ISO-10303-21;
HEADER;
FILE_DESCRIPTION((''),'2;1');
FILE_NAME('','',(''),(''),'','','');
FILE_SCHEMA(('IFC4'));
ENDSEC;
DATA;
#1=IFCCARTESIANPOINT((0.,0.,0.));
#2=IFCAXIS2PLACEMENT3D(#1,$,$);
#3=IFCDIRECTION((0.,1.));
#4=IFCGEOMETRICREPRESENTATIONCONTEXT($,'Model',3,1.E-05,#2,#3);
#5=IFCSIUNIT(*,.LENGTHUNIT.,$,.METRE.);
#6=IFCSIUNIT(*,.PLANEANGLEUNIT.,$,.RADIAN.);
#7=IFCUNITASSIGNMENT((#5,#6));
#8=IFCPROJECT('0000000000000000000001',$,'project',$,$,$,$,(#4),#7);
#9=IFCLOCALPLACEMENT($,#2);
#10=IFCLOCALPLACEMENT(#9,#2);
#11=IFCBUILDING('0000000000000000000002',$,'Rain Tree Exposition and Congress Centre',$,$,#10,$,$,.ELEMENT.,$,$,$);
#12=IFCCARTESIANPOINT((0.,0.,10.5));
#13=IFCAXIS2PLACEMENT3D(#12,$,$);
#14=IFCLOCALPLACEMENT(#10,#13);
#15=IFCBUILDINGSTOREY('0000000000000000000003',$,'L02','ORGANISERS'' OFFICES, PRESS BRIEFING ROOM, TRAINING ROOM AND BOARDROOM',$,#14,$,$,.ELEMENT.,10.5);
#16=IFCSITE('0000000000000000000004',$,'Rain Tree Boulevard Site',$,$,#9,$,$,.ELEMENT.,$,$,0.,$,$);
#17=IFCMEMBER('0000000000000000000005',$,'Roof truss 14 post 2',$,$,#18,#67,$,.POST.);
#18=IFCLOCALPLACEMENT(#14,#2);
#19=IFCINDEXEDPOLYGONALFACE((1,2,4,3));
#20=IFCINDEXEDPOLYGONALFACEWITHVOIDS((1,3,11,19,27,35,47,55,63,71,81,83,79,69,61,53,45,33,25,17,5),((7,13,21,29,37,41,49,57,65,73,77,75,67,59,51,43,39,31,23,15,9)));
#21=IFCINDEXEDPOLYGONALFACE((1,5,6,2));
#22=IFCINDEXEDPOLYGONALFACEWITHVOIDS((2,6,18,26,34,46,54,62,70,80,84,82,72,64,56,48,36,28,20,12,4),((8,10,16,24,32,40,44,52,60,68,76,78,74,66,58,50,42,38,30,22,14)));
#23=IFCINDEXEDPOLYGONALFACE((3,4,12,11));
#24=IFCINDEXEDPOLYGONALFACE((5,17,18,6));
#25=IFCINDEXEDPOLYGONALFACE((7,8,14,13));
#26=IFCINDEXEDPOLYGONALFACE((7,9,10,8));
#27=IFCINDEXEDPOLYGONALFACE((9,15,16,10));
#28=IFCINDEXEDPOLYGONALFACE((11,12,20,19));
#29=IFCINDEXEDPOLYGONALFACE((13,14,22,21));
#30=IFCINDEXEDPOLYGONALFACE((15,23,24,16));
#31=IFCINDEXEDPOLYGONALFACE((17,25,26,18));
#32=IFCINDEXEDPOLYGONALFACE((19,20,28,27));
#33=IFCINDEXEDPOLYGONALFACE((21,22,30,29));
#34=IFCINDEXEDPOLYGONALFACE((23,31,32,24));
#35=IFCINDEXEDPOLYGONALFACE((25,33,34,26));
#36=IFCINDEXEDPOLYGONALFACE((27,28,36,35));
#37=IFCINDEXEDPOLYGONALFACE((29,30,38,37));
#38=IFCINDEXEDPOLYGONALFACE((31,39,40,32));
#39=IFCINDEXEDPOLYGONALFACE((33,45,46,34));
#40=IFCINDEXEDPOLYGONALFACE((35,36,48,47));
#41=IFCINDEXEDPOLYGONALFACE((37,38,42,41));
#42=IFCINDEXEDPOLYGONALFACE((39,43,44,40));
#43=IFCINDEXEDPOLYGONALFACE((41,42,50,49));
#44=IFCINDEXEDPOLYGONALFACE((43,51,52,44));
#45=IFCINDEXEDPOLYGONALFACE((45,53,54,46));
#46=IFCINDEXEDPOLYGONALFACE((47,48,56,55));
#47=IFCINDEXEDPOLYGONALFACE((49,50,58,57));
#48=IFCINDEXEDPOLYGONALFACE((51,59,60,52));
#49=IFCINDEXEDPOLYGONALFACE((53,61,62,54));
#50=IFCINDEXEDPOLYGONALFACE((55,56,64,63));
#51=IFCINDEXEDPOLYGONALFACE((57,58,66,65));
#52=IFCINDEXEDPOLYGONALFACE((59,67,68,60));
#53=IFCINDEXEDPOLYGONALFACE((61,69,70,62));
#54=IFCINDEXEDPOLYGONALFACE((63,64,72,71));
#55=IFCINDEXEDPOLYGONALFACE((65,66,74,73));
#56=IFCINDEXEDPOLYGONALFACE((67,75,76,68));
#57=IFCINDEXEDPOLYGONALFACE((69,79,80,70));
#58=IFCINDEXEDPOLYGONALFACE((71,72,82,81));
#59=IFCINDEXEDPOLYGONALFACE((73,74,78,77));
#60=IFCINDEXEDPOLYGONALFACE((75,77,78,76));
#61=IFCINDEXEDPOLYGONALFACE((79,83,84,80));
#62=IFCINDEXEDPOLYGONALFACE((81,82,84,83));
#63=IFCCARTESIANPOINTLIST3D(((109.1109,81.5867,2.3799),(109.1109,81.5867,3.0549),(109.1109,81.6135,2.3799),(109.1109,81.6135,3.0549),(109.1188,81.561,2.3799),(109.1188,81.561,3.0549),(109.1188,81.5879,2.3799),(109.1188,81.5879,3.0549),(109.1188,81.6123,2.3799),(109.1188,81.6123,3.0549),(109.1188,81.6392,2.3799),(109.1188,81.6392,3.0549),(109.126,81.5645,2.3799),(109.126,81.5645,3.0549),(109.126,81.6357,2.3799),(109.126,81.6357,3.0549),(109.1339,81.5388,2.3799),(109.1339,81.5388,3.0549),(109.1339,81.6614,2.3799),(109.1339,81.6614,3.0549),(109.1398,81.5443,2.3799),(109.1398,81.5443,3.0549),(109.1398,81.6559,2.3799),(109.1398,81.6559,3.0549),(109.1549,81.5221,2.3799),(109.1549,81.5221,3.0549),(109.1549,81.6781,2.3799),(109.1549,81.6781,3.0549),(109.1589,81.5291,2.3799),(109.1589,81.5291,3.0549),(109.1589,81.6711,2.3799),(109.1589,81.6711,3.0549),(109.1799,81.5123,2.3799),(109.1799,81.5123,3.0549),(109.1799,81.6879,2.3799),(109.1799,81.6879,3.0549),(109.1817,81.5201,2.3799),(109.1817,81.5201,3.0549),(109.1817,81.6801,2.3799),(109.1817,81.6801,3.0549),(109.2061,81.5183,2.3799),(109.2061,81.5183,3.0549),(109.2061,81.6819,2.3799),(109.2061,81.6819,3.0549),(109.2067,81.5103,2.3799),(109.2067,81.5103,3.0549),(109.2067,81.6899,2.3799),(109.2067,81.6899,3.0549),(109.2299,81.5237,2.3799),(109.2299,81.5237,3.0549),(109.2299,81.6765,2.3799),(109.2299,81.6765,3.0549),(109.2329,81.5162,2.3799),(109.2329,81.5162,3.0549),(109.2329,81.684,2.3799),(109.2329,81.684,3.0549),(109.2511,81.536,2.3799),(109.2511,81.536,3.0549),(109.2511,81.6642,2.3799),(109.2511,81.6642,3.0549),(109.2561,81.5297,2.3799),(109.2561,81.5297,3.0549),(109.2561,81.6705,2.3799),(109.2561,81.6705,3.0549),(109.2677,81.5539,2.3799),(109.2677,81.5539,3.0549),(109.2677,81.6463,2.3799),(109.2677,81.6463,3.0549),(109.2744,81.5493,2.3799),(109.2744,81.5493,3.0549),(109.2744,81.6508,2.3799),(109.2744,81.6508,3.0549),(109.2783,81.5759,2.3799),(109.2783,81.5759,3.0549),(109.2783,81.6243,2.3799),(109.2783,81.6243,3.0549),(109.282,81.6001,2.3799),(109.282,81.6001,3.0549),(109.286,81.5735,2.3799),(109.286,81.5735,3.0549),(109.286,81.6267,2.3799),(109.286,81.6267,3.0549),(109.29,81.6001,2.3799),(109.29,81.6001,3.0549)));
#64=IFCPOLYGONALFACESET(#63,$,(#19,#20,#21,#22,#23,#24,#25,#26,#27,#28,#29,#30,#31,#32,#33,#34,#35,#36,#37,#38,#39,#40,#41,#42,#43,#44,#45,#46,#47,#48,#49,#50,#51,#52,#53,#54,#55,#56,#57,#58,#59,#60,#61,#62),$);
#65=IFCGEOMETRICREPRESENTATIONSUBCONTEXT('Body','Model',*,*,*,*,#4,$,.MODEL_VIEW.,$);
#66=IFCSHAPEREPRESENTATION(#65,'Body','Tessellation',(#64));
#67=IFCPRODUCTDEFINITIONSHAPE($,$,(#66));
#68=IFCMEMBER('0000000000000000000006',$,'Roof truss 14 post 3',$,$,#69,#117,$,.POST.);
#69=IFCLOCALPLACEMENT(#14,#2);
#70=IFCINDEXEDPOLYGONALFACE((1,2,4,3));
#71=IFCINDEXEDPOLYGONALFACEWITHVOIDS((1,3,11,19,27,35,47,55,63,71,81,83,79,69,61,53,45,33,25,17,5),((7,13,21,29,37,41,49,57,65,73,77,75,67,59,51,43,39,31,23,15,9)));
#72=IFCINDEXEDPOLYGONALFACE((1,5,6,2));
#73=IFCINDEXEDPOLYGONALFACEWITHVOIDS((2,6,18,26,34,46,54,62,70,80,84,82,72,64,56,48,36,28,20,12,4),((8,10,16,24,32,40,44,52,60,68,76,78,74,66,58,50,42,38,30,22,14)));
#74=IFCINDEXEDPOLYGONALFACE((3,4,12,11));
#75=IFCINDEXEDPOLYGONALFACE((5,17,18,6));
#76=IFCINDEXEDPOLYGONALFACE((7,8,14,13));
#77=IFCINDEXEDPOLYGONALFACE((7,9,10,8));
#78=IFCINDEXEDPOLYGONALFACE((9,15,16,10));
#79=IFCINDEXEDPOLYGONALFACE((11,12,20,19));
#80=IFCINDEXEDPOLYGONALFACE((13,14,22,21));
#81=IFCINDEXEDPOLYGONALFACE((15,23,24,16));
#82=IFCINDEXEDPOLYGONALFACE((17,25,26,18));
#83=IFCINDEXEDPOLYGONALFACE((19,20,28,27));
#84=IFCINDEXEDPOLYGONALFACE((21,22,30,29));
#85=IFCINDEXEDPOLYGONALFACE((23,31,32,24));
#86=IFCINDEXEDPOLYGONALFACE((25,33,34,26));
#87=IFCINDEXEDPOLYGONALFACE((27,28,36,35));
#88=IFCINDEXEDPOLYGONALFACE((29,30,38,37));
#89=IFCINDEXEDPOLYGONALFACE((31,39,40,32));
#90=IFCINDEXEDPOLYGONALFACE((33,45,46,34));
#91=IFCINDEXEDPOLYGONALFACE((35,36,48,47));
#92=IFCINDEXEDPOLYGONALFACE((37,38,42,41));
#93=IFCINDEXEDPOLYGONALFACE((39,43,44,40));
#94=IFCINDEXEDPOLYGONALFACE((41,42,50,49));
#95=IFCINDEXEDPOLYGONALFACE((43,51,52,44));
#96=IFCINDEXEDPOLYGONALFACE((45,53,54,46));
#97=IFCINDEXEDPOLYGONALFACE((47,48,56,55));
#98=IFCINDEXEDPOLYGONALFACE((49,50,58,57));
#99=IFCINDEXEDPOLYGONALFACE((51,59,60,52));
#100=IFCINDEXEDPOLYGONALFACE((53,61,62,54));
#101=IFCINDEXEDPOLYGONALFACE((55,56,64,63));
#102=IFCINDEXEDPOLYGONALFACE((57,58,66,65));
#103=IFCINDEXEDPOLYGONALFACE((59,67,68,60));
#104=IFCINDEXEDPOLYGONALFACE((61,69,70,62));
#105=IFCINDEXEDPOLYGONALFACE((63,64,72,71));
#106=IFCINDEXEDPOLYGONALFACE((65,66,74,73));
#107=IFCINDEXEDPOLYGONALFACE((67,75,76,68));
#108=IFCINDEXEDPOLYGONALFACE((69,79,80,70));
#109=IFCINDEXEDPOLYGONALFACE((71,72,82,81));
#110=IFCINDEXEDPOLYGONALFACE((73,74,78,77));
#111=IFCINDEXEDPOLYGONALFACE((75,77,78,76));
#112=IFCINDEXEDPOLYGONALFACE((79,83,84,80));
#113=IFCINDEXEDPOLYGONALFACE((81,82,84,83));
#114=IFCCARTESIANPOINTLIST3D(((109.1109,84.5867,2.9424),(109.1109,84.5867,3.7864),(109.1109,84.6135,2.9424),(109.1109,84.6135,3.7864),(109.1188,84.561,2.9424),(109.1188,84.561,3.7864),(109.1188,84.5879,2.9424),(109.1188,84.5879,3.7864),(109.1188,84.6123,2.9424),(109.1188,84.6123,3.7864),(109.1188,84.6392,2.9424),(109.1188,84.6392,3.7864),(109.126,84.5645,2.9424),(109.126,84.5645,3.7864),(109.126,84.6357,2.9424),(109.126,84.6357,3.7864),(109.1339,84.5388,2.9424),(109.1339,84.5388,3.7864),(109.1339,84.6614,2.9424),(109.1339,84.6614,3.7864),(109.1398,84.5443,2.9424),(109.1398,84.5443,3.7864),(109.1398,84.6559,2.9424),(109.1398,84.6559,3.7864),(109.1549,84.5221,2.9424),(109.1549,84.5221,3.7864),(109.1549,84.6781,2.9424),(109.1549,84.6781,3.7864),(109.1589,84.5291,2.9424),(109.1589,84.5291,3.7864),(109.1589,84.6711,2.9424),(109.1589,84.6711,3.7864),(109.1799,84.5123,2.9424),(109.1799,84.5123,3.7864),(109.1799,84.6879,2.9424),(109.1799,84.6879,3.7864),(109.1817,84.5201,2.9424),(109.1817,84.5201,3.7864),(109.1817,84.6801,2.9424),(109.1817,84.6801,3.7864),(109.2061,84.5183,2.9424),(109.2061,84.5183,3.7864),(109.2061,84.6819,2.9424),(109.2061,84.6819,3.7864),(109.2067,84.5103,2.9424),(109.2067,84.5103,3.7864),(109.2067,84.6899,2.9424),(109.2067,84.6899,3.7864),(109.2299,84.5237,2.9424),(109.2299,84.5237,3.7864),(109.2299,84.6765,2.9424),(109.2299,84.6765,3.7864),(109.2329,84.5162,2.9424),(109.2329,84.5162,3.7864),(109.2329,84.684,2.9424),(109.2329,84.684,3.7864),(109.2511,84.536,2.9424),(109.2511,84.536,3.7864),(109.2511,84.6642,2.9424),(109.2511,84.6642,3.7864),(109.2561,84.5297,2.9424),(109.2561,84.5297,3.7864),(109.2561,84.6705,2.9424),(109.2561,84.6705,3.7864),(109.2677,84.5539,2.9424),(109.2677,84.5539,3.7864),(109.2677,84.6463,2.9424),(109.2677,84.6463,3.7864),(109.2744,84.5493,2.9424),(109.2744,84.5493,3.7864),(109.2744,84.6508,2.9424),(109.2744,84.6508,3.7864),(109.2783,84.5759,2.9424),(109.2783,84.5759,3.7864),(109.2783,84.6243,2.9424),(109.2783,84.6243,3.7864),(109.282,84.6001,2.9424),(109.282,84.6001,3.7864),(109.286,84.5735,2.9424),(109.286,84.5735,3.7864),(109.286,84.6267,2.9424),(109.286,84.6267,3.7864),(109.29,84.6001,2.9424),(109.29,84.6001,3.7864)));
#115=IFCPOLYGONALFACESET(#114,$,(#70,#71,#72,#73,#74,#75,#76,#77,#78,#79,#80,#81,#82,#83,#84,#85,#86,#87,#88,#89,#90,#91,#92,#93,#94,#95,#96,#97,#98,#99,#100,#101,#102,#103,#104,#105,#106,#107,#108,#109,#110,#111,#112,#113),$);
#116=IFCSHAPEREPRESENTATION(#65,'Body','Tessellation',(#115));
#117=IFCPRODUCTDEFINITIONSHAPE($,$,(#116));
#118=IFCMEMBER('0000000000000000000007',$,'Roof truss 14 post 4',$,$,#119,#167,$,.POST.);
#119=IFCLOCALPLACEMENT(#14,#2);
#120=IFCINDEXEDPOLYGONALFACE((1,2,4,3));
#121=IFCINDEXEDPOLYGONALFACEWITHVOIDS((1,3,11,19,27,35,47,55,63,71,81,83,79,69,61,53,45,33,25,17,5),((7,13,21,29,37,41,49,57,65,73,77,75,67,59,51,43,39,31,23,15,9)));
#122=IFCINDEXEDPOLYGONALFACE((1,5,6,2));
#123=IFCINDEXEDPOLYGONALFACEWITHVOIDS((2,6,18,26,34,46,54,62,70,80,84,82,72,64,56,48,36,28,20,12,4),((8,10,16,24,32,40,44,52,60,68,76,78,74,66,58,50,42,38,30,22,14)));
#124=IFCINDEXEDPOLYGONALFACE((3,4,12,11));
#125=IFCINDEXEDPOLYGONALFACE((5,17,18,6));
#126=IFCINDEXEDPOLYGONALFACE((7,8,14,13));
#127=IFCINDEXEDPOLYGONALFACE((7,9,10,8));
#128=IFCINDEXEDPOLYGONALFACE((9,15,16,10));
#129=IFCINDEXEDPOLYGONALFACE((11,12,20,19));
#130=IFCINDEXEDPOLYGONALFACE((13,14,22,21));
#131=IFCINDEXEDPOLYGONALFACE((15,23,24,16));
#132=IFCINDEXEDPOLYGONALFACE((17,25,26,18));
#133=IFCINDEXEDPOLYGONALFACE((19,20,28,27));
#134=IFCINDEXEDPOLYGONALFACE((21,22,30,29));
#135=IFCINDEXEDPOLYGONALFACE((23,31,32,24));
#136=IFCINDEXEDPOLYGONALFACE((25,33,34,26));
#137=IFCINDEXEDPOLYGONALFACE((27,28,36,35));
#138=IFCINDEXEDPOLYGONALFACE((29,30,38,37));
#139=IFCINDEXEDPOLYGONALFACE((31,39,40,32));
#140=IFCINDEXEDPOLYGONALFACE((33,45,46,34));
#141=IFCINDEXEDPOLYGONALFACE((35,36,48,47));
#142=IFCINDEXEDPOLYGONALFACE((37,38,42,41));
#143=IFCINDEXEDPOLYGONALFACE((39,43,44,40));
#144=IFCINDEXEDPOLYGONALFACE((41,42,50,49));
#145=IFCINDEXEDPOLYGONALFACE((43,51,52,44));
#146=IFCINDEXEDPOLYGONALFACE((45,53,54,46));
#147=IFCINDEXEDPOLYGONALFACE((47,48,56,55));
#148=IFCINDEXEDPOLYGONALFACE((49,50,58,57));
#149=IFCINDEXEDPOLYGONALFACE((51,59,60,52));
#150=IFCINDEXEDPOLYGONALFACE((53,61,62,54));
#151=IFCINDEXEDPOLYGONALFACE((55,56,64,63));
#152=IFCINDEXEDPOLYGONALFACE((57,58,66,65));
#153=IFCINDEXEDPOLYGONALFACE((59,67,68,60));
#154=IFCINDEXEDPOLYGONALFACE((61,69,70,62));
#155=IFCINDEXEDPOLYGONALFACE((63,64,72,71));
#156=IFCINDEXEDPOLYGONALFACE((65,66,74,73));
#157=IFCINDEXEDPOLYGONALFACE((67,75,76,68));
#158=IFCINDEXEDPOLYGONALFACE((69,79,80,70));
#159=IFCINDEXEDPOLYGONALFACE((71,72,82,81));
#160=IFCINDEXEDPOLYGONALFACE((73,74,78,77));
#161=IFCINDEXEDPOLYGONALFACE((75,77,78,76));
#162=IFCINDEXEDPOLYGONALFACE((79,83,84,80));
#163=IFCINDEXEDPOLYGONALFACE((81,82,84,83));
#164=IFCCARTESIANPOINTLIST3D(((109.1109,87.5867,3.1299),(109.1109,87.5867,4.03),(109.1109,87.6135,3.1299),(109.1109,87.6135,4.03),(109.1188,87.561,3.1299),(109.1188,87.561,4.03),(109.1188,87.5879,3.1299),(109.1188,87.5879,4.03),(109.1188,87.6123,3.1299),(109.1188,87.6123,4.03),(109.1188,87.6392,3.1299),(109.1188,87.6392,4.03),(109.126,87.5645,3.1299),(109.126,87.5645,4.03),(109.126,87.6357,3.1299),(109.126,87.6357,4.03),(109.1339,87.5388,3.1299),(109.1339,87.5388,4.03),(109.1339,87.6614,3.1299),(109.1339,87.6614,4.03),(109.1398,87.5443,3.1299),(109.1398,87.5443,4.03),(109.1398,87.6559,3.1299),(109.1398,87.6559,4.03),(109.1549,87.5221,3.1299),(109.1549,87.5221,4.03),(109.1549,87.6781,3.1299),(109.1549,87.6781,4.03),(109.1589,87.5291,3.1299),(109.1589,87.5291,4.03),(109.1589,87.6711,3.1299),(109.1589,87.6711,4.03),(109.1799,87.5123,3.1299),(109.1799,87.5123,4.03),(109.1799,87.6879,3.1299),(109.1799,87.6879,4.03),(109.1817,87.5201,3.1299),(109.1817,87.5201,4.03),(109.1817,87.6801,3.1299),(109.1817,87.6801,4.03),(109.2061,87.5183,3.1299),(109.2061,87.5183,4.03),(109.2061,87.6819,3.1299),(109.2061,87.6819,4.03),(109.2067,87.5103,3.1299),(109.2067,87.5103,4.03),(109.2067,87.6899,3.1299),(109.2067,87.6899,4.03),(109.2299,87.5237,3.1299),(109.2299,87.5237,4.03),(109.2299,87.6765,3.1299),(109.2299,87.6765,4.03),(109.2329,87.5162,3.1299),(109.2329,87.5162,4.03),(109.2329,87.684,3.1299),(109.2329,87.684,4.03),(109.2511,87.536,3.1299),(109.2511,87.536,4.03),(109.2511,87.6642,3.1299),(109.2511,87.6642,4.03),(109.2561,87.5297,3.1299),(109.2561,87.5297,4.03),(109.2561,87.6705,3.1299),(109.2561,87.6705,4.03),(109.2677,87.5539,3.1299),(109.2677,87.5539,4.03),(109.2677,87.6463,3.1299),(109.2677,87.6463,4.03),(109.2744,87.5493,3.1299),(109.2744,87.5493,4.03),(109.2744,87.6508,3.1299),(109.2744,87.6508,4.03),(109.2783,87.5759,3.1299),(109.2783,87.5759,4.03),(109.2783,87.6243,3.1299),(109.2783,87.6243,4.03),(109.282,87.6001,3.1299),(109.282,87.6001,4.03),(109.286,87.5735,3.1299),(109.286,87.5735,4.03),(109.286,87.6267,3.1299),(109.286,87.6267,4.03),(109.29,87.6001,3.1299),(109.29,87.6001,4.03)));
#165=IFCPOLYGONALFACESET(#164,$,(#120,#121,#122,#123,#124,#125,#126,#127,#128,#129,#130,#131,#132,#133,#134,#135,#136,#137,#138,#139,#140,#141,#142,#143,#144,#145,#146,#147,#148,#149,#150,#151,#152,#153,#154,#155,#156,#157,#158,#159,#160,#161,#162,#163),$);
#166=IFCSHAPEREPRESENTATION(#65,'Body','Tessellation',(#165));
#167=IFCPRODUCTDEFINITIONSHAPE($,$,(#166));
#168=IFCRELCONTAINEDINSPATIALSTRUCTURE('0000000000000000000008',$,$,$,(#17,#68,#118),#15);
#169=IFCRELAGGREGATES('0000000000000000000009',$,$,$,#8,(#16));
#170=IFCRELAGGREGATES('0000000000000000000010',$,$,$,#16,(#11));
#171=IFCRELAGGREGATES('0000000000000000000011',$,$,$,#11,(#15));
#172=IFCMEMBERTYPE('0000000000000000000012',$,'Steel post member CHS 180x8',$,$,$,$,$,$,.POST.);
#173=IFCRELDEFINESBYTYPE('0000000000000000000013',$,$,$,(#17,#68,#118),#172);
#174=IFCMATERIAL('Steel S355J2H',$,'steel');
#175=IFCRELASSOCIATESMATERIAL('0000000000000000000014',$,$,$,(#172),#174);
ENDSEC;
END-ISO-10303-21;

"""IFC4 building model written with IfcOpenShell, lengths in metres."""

from ifc_helpers import new_model, si_unit, direction, frame, origin, origin_2d, place, context, subcontext, project, spatial, hollow_circle, extrude, material, material_profile, profile_set, type_object, element, save


model = new_model("IFC4")

# Units and contexts
model_context = context("Model", 3, precision=1e-05, world=origin(), true_north=direction((0.0, 1.0)))
body_context = subcontext(model_context, "Body", "Model", "MODEL_VIEW")
ifc_project = project(units=[si_unit("LENGTHUNIT", "METRE"), si_unit("PLANEANGLEUNIT", "RADIAN")], contexts=[model_context])

# Site, building, storey
site_placement = place(None, origin())
site = spatial("IfcSite", under=ifc_project, at=site_placement, Name="Rain Tree Boulevard Site", CompositionType="ELEMENT", RefElevation=0.0)
building_placement = place(site_placement, origin())
building = spatial("IfcBuilding", under=site, at=building_placement, Name="Rain Tree Exposition and Congress Centre", CompositionType="ELEMENT")
storey_placement = place(building_placement, frame((0.0, 0.0, 10.5)))
storey = spatial("IfcBuildingStorey", under=building, at=storey_placement, Name="L02", Description="ORGANISERS' OFFICES, PRESS BRIEFING ROOM, TRAINING ROOM AND BOARDROOM", CompositionType="ELEMENT", Elevation=10.5)

# Members
ifc_material_1 = material(Name="Steel S355J2H", Category="steel")
ifc_material_profile_1 = material_profile(ifc_material_1, hollow_circle(Radius=0.0901, WallThickness=0.0081, at=origin_2d()), Name="CHS 180x8")
ifc_profile_set_1 = profile_set([ifc_material_profile_1], Name="Steel S355J2H")
member_type_1 = type_object("IfcMemberType", Name="Steel post member CHS 180x8", PredefinedType="POST", material=ifc_profile_set_1)
member_1_placement = place(storey_placement, frame((109.2, 81.6001, 2.3799), z_axis=(0.0, 0.0, 1.0), x_axis=(1.0, 0.0, 0.0)))
element("IfcMember", 1, at=member_1_placement, inside=storey, type_object=member_type_1, Name="Roof truss 14 post 2", PredefinedType="POST", context=body_context, shape_type="SweptSolid", body=[
    extrude(hollow_circle(Radius=0.0901, WallThickness=0.0081, at=origin_2d()), origin(), (0.0, 0.0, 1.0), 0.675),
])
member_2_placement = place(storey_placement, frame((109.2, 84.6001, 2.9424), z_axis=(0.0, 0.0, 1.0), x_axis=(1.0, 0.0, 0.0)))
element("IfcMember", 2, at=member_2_placement, inside=storey, type_object=member_type_1, Name="Roof truss 14 post 3", PredefinedType="POST", context=body_context, shape_type="SweptSolid", body=[
    extrude(hollow_circle(Radius=0.0901, WallThickness=0.0081, at=origin_2d()), origin(), (0.0, 0.0, 1.0), 0.844),
])
member_3_placement = place(storey_placement, frame((109.2, 87.6001, 3.1299), z_axis=(0.0, 0.0, 1.0), x_axis=(1.0, 0.0, 0.0)))
element("IfcMember", 3, at=member_3_placement, inside=storey, type_object=member_type_1, Name="Roof truss 14 post 4", PredefinedType="POST", context=body_context, shape_type="SweptSolid", body=[
    extrude(hollow_circle(Radius=0.0901, WallThickness=0.0081, at=origin_2d()), origin(), (0.0, 0.0, 1.0), 0.9001),
])

save(model, "model.ifc")
